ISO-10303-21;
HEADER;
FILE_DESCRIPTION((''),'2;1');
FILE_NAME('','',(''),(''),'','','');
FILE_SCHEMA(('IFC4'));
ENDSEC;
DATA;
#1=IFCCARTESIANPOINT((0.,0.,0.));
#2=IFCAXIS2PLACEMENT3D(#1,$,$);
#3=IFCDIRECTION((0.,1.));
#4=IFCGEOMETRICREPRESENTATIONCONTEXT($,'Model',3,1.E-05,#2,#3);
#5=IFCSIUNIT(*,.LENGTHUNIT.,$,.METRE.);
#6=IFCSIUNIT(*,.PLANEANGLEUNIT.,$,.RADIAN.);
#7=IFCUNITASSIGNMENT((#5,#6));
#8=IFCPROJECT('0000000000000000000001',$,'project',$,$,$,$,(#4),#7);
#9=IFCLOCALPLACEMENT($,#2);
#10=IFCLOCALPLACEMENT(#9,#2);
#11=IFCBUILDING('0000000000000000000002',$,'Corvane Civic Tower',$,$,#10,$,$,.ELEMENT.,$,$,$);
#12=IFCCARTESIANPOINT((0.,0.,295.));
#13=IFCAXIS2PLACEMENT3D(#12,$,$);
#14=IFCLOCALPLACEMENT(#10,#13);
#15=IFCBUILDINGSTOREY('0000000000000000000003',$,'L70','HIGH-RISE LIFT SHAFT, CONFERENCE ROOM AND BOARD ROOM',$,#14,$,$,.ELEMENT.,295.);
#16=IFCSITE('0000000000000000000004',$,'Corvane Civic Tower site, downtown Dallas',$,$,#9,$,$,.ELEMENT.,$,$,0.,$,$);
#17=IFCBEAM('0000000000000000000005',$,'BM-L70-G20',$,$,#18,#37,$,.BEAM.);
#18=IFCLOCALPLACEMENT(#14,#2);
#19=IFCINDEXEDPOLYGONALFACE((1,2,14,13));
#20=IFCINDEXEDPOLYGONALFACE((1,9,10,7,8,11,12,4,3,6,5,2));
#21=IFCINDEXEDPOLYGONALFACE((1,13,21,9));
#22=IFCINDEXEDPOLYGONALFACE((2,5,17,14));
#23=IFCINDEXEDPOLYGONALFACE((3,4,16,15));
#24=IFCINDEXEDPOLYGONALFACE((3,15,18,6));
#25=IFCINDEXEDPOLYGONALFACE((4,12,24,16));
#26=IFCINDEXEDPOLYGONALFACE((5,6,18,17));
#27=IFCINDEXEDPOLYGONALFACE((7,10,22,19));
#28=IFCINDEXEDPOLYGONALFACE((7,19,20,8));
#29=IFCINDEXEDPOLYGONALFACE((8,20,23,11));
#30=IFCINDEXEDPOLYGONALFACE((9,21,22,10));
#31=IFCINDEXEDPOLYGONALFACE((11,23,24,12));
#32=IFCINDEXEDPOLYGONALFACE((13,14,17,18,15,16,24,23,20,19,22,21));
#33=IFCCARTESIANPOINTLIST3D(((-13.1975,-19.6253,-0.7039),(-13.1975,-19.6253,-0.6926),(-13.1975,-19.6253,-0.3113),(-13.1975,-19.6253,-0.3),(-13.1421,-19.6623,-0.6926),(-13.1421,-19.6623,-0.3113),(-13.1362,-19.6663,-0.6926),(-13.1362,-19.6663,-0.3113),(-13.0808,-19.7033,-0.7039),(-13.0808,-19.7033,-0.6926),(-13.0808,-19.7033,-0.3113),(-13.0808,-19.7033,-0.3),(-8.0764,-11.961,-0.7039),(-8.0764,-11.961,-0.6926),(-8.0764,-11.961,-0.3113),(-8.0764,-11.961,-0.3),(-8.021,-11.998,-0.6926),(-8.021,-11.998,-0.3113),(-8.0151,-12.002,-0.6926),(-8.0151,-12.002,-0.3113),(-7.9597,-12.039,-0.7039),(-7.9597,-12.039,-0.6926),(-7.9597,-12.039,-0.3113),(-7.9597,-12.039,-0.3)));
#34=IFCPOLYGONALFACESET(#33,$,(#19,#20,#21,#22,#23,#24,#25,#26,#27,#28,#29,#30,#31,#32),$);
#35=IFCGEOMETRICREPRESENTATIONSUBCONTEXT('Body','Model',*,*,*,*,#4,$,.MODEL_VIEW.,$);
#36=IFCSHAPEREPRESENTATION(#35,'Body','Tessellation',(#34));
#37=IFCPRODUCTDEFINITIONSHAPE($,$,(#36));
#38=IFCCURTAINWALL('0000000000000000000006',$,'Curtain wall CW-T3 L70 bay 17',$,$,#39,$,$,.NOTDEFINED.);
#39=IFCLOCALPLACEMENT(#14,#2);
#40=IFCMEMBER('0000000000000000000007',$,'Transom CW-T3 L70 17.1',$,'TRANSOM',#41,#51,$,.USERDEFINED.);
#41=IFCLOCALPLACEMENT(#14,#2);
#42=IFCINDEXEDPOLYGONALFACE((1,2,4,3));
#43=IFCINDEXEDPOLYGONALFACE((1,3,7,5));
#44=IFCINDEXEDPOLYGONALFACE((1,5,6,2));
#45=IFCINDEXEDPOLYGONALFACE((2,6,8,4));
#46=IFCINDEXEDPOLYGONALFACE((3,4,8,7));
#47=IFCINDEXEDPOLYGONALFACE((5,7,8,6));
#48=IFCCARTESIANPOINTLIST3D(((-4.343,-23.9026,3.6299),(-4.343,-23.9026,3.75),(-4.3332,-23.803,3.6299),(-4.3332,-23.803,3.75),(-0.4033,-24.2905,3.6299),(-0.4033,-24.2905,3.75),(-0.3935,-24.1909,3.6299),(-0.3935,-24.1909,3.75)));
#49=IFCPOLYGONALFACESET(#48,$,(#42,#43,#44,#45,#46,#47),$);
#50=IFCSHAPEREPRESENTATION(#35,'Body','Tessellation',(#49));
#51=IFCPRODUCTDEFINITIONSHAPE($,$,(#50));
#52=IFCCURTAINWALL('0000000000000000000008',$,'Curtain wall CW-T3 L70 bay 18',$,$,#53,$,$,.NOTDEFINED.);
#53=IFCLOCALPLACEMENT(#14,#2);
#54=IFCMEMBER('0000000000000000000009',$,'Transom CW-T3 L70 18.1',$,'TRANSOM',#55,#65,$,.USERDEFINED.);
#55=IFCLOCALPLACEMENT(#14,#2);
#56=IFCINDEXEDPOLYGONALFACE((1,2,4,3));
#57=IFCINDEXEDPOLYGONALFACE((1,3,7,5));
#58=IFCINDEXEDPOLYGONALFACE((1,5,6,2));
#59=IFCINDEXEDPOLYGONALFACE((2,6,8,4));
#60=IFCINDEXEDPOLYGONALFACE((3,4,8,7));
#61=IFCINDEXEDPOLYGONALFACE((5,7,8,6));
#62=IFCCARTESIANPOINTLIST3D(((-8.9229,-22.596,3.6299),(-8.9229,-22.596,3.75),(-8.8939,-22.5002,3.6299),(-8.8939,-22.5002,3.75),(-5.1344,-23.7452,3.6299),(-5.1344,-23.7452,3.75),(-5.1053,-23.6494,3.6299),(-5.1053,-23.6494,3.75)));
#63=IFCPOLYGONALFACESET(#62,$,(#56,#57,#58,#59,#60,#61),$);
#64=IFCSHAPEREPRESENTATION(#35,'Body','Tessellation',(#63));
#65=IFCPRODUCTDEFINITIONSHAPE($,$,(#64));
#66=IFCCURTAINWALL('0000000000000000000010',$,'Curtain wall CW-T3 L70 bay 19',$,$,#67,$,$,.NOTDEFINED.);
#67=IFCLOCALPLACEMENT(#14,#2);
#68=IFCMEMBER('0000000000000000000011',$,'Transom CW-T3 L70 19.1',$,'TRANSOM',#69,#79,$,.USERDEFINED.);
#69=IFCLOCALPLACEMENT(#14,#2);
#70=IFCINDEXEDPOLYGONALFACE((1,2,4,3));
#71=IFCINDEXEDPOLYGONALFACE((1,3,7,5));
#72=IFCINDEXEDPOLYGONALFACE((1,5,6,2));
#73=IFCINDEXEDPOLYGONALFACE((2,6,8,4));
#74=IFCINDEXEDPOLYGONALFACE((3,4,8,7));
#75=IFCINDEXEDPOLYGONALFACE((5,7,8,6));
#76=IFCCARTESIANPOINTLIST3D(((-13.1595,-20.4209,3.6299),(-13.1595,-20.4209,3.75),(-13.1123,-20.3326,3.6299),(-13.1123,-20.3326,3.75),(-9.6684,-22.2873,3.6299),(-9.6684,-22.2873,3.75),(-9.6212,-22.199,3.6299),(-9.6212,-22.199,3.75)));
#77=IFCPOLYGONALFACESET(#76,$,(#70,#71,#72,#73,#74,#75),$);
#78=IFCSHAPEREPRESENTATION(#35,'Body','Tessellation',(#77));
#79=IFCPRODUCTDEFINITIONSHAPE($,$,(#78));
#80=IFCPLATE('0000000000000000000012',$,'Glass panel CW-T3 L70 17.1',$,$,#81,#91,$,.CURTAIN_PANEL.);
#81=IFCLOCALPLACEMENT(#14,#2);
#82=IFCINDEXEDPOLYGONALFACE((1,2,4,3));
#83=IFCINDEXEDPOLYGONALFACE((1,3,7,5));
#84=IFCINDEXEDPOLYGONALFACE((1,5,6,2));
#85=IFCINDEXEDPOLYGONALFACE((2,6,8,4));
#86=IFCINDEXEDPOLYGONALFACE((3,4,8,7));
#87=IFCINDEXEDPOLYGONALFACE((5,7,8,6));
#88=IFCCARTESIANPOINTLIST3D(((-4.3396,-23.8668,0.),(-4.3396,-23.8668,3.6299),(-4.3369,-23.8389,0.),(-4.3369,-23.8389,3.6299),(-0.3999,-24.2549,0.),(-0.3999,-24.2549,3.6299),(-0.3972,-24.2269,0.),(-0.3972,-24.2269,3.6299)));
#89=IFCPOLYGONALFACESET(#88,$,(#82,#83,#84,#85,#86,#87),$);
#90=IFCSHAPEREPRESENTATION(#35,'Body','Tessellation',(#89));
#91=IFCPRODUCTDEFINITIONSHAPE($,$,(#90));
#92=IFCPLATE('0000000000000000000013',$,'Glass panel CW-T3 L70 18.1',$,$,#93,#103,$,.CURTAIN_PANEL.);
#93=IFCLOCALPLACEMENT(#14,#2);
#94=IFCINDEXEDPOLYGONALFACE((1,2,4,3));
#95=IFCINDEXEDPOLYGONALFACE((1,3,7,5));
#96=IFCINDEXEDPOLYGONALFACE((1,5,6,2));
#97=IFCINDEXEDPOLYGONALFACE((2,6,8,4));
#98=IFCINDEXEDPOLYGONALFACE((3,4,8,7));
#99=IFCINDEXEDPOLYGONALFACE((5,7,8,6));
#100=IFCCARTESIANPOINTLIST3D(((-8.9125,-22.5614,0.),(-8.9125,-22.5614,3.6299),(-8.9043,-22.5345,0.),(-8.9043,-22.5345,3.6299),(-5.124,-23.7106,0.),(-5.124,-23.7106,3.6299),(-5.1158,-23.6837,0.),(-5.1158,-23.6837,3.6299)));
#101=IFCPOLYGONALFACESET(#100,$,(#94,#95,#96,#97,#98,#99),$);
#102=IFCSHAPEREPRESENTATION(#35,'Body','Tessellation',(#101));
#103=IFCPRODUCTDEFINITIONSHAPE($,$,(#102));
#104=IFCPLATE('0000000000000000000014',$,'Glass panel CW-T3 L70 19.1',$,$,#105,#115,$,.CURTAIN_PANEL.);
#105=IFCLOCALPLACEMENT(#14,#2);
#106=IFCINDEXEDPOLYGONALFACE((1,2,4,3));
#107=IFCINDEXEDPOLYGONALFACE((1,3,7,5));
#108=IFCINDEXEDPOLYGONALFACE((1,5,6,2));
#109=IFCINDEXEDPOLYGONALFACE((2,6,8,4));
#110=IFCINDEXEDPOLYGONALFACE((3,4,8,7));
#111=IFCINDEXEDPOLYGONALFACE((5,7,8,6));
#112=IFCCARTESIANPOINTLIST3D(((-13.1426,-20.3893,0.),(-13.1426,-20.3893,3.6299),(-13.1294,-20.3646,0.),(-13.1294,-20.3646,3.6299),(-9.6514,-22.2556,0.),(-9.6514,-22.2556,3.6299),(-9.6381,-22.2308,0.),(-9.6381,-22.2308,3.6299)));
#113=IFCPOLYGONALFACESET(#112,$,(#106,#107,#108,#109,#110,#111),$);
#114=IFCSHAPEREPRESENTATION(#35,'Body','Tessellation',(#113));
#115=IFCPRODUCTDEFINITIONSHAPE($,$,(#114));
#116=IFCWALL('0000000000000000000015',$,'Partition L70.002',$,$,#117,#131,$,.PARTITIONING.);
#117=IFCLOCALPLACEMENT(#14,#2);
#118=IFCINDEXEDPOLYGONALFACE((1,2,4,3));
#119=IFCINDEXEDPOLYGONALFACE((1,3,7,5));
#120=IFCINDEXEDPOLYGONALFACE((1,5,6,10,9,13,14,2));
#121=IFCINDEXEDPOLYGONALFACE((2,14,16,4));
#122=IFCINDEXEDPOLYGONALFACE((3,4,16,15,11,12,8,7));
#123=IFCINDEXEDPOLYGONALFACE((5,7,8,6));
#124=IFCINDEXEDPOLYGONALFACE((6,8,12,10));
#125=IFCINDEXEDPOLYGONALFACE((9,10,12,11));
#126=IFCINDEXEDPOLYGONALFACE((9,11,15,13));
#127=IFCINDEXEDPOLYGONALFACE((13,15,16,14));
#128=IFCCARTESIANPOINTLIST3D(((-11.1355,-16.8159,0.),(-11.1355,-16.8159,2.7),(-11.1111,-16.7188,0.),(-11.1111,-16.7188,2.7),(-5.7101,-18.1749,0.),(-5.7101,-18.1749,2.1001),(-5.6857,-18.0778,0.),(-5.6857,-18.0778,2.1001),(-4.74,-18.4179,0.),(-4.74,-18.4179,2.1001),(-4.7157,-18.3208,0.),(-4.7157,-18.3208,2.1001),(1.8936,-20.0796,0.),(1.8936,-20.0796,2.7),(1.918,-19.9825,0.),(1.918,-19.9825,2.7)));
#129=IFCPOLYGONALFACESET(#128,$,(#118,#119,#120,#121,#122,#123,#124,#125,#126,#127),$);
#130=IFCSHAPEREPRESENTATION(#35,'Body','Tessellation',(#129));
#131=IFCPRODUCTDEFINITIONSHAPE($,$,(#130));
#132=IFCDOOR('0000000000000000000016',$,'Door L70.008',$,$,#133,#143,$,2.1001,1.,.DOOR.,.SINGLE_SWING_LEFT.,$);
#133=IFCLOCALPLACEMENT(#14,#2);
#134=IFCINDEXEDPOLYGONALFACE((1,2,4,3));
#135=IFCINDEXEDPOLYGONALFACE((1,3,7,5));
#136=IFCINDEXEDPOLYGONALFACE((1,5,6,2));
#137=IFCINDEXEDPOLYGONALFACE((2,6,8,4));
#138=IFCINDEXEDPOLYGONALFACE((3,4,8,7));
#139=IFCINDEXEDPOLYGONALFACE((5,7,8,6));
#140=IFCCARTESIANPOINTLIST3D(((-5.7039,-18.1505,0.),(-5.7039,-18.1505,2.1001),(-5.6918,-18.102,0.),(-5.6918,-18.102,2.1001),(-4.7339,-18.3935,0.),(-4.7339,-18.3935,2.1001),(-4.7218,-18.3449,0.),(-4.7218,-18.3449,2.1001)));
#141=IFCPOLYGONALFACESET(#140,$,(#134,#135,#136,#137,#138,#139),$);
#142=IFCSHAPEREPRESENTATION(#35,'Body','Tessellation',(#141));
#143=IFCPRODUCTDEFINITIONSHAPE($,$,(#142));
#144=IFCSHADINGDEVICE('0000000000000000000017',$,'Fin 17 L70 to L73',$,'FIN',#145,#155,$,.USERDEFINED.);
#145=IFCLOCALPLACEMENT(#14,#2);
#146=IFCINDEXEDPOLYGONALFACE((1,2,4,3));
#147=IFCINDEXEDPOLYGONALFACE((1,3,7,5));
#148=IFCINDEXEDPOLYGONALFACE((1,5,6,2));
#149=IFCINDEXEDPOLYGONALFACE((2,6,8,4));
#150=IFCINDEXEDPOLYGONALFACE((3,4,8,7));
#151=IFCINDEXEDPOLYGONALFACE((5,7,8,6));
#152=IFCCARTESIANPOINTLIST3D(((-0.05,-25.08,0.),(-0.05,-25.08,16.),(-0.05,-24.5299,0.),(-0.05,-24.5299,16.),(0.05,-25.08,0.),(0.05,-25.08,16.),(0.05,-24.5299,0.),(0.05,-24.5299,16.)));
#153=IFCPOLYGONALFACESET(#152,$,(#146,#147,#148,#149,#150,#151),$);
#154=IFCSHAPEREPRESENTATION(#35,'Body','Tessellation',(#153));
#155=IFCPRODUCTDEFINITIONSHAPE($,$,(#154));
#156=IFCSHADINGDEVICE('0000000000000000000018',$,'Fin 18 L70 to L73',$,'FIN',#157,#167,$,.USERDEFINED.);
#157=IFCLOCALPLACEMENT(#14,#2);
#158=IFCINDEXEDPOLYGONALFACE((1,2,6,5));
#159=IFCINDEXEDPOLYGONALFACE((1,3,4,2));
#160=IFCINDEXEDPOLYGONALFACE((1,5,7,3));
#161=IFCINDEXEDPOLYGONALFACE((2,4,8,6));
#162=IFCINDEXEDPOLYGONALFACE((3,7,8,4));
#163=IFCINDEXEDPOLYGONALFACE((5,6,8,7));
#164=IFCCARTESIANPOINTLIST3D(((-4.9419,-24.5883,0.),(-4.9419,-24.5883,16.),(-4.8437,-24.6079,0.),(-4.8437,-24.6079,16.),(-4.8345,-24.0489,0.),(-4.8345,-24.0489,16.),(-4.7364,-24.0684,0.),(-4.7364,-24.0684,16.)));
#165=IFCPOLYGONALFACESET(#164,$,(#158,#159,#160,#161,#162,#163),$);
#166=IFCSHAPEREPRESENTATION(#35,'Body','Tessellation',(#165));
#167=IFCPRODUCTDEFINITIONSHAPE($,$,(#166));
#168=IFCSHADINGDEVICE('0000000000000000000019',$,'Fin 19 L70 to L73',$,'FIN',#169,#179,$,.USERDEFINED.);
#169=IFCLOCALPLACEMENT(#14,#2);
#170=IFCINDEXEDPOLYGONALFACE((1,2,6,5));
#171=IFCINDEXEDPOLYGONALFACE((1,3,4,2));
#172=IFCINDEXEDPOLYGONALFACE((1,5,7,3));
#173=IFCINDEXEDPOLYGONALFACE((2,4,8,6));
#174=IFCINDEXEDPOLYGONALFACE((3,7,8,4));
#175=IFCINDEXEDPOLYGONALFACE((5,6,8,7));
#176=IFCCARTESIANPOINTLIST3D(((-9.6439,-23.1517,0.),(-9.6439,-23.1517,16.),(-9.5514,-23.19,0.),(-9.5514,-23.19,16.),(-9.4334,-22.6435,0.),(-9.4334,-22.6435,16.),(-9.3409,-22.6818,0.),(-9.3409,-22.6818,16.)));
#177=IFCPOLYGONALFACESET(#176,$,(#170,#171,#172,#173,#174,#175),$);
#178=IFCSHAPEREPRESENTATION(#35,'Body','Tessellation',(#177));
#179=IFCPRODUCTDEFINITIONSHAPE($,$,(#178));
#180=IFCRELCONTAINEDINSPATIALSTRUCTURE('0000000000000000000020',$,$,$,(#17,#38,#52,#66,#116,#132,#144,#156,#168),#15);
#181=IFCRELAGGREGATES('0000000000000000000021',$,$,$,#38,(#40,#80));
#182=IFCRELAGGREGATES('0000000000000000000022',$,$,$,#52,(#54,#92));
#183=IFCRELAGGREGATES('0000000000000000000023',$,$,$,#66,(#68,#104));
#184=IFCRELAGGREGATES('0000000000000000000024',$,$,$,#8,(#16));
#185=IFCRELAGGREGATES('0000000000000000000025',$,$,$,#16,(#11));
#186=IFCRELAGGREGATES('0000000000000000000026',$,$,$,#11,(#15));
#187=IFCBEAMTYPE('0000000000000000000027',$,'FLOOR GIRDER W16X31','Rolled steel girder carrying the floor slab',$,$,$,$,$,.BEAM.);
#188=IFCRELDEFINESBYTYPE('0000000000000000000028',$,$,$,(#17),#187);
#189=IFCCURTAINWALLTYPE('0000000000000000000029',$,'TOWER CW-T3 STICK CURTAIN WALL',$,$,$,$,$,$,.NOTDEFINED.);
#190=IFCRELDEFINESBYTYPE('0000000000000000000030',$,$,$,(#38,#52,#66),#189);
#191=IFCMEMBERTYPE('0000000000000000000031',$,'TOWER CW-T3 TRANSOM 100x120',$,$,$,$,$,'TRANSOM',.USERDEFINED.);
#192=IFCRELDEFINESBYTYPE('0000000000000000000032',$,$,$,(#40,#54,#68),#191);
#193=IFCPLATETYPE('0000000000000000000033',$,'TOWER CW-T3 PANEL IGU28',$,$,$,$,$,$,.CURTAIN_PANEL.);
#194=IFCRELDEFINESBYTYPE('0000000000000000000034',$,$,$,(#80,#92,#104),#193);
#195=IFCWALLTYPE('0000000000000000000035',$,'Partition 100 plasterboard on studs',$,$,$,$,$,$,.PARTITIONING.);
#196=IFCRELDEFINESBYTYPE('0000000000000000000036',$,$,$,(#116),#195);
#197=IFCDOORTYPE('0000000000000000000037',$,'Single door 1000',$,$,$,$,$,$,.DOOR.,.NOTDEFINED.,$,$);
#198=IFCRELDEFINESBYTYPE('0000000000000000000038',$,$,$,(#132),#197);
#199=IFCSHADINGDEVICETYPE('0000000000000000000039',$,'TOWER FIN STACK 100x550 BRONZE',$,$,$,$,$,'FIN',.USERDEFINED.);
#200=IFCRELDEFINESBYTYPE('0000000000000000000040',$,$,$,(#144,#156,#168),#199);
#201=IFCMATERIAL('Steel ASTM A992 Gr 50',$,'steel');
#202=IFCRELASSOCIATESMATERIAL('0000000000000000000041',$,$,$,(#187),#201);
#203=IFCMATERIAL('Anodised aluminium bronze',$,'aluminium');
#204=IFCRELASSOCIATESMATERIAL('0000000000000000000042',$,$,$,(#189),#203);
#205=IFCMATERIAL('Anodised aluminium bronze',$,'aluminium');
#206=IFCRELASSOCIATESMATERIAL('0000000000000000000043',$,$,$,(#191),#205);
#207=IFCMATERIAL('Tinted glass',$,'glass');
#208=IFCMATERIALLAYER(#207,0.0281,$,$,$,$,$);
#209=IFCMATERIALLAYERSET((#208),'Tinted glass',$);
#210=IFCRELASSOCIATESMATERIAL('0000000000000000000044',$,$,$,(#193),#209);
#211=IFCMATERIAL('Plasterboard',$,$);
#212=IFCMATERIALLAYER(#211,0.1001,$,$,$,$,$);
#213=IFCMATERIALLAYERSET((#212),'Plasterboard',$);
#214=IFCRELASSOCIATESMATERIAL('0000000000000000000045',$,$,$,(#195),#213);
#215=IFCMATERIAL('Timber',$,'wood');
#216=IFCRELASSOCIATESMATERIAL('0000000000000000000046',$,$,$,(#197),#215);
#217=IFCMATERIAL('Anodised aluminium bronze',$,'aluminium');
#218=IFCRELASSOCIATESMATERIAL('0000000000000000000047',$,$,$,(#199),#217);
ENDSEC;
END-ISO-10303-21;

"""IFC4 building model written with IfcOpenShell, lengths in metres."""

from ifc_helpers import new_model, si_unit, direction, frame, frame_2d, origin, origin_2d, place, context, subcontext, project, spatial, rectangle, i_section, extrude, material, layer, layer_set, material_profile, profile_set, type_object, element, fill, aggregate, save


model = new_model("IFC4")

# Units and contexts
model_context = context("Model", 3, precision=1e-05, world=origin(), true_north=direction((0.0, 1.0)))
body_context = subcontext(model_context, "Body", "Model", "MODEL_VIEW")
ifc_project = project(units=[si_unit("LENGTHUNIT", "METRE"), si_unit("PLANEANGLEUNIT", "RADIAN")], contexts=[model_context])

# Site, building, storey
site_placement = place(None, origin())
site = spatial("IfcSite", under=ifc_project, at=site_placement, Name="Corvane Civic Tower site, downtown Dallas", CompositionType="ELEMENT", RefElevation=0.0)
building_placement = place(site_placement, origin())
building = spatial("IfcBuilding", under=site, at=building_placement, Name="Corvane Civic Tower", CompositionType="ELEMENT")
storey_placement = place(building_placement, frame((0.0, 0.0, 295.0)))
storey = spatial("IfcBuildingStorey", under=building, at=storey_placement, Name="L70", Description="HIGH-RISE LIFT SHAFT, CONFERENCE ROOM AND BOARD ROOM", CompositionType="ELEMENT", Elevation=295.0)

# Beam
ifc_material_1 = material(Name="Steel ASTM A992 Gr 50", Category="steel")
ifc_material_profile_1 = material_profile(ifc_material_1, i_section(OverallWidth=0.1404, OverallDepth=0.4038, WebThickness=0.0071, FlangeThickness=0.0112, at=origin_2d()), Name="W16X31")
ifc_profile_set_1 = profile_set([ifc_material_profile_1], Name="Steel ASTM A992 Gr 50")
beam_type_1 = type_object("IfcBeamType", Name="FLOOR GIRDER W16X31", Description="Rolled steel girder carrying the floor slab", PredefinedType="BEAM", material=ifc_profile_set_1)
beam_1_placement = place(storey_placement, frame((-8.0181, -12.0, -0.502), z_axis=(-0.555568, -0.831471, 0.0), x_axis=(0.831471, -0.555568, 0.0)))
element("IfcBeam", 1, at=beam_1_placement, inside=storey, type_object=beam_type_1, Name="BM-L70-G20", PredefinedType="BEAM", context=body_context, shape_type="SweptSolid", body=[
    extrude(i_section(OverallWidth=0.1404, OverallDepth=0.4038, WebThickness=0.0071, FlangeThickness=0.0112, at=origin_2d()), origin(), (0.0, 0.0, 1.0), 9.2178),
])

# Curtain walls, members
ifc_material_2 = material(Name="Anodised aluminium bronze", Category="aluminium")
curtain_wall_type = type_object("IfcCurtainWallType", Name="TOWER CW-T3 STICK CURTAIN WALL", PredefinedType="NOTDEFINED", material=ifc_material_2)
curtain_wall_1_placement = place(storey_placement, origin())
curtain_wall_1 = element("IfcCurtainWall", 2, at=curtain_wall_1_placement, inside=storey, type_object=curtain_wall_type, Name="Curtain wall CW-T3 L70 bay 17", PredefinedType="NOTDEFINED")
ifc_material_3 = material(Name="Anodised aluminium bronze", Category="aluminium")
ifc_material_profile_2 = material_profile(ifc_material_3, rectangle(XDim=0.1001, YDim=0.1201, at=origin_2d()), Name="TOWER CW-T3 TRANSOM 100x120")
ifc_profile_set_2 = profile_set([ifc_material_profile_2], Name="Anodised aluminium bronze")
member_type = type_object("IfcMemberType", Name="TOWER CW-T3 TRANSOM 100x120", ElementType="TRANSOM", PredefinedType="USERDEFINED", material=ifc_profile_set_2)
member_1_placement = place(storey_placement, frame((-0.3984, -24.2407, 3.6899), z_axis=(-0.995187, 0.097995, 0.0), x_axis=(-0.097995, -0.995187, 0.0)))
member_1 = element("IfcMember", 3, at=member_1_placement, type_object=member_type, Name="Transom CW-T3 L70 17.1", ObjectType="TRANSOM", PredefinedType="USERDEFINED", context=body_context, shape_type="SweptSolid", body=[
    extrude(rectangle(XDim=0.1001, YDim=0.1201, at=origin_2d()), origin(), (0.0, 0.0, 1.0), 3.9587),
])
curtain_wall_2_placement = place(storey_placement, origin())
curtain_wall_2 = element("IfcCurtainWall", 4, at=curtain_wall_2_placement, inside=storey, type_object=curtain_wall_type, Name="Curtain wall CW-T3 L70 bay 18", PredefinedType="NOTDEFINED")
member_2_placement = place(storey_placement, frame((-5.1199, -23.6973, 3.6899), z_axis=(-0.956946, 0.290266, 0.0), x_axis=(-0.290266, -0.956946, 0.0)))
member_2 = element("IfcMember", 5, at=member_2_placement, type_object=member_type, Name="Transom CW-T3 L70 18.1", ObjectType="TRANSOM", PredefinedType="USERDEFINED", context=body_context, shape_type="SweptSolid", body=[
    extrude(rectangle(XDim=0.1001, YDim=0.1201, at=origin_2d()), origin(), (0.0, 0.0, 1.0), 3.959),
])
curtain_wall_3_placement = place(storey_placement, origin())
curtain_wall_3 = element("IfcCurtainWall", 6, at=curtain_wall_3_placement, inside=storey, type_object=curtain_wall_type, Name="Curtain wall CW-T3 L70 bay 19", PredefinedType="NOTDEFINED")
member_3_placement = place(storey_placement, frame((-9.6448, -22.2432, 3.6899), z_axis=(-0.881883, 0.471468, 0.0), x_axis=(-0.471468, -0.881883, 0.0)))
member_3 = element("IfcMember", 7, at=member_3_placement, type_object=member_type, Name="Transom CW-T3 L70 19.1", ObjectType="TRANSOM", PredefinedType="USERDEFINED", context=body_context, shape_type="SweptSolid", body=[
    extrude(rectangle(XDim=0.1001, YDim=0.1201, at=origin_2d()), origin(), (0.0, 0.0, 1.0), 3.9587),
])

# Plates
ifc_material_4 = material(Name="Tinted glass", Category="glass")
ifc_layer_1 = layer(ifc_material_4, 0.0281)
ifc_layer_set_1 = layer_set([ifc_layer_1], Name="Tinted glass")
plate_type = type_object("IfcPlateType", Name="TOWER CW-T3 PANEL IGU28", PredefinedType="CURTAIN_PANEL", material=ifc_layer_set_1)
plate_1_placement = place(storey_placement, frame((-2.3684, -24.0469, 0.0), z_axis=(0.0, 0.0, 1.0), x_axis=(-0.995184, 0.098021, 0.0)))
plate_1 = element("IfcPlate", 8, at=plate_1_placement, type_object=plate_type, Name="Glass panel CW-T3 L70 17.1", PredefinedType="CURTAIN_PANEL", context=body_context, shape_type="SweptSolid", body=[
    extrude(rectangle(XDim=3.9587, YDim=0.0281, at=origin_2d()), origin(), (0.0, 0.0, 1.0), 3.6299),
])
aggregate(curtain_wall_1, [member_1, plate_1])
plate_2_placement = place(storey_placement, frame((-7.0142, -23.1226, 0.0), z_axis=(0.0, 0.0, 1.0), x_axis=(-0.956944, 0.290274, 0.0)))
plate_2 = element("IfcPlate", 9, at=plate_2_placement, type_object=plate_type, Name="Glass panel CW-T3 L70 18.1", PredefinedType="CURTAIN_PANEL", context=body_context, shape_type="SweptSolid", body=[
    extrude(rectangle(XDim=3.959, YDim=0.0281, at=origin_2d()), origin(), (0.0, 0.0, 1.0), 3.6299),
])
aggregate(curtain_wall_2, [member_2, plate_2])
plate_3_placement = place(storey_placement, frame((-11.3904, -21.3101, 0.0), z_axis=(0.0, 0.0, 1.0), x_axis=(-0.881908, 0.471421, 0.0)))
plate_3 = element("IfcPlate", 10, at=plate_3_placement, type_object=plate_type, Name="Glass panel CW-T3 L70 19.1", PredefinedType="CURTAIN_PANEL", context=body_context, shape_type="SweptSolid", body=[
    extrude(rectangle(XDim=3.9587, YDim=0.0281, at=origin_2d()), origin(), (0.0, 0.0, 1.0), 3.6299),
])
aggregate(curtain_wall_3, [member_3, plate_3])

# Wall, opening, door
ifc_material_5 = material(Name="Plasterboard")
ifc_layer_2 = layer(ifc_material_5, 0.1001)
ifc_layer_set_2 = layer_set([ifc_layer_2], Name="Plasterboard")
wall_type = type_object("IfcWallType", Name="Partition 100 plasterboard on studs", PredefinedType="PARTITIONING", material=ifc_layer_set_2)
wall_placement = place(storey_placement, frame((-11.1233, -16.7673, 0.0), z_axis=(0.0, 0.0, 1.0), x_axis=(0.97003, -0.242985, 0.0)))
wall = element("IfcWall", 11, at=wall_placement, inside=storey, type_object=wall_type, Name="Partition L70.002", PredefinedType="PARTITIONING", context=body_context, shape_type="SweptSolid", body=[
    extrude(rectangle(XDim=13.4316, YDim=0.1001, at=frame_2d((6.7158, 0.0))), origin(), (0.0, 0.0, 1.0), 2.7),
])
opening_placement = place(wall_placement, frame((5.593, 0.0, 0.0)))
opening = element("IfcOpeningElement", 12, at=opening_placement, cuts=wall, PredefinedType="OPENING", context=body_context, shape_type="SweptSolid", body=[
    extrude(rectangle(XDim=1.0, YDim=2.1001, at=frame_2d((0.5, 1.05))), frame((0.0, 0.0601, 0.0), z_axis=(0.0, -1.0, 0.0), x_axis=(1.0, 0.0, 0.0)), (0.0, 0.0, 1.0), 0.1201),
])
ifc_material_6 = material(Name="Timber", Category="wood")
door_type = type_object("IfcDoorType", Name="Single door 1000", OperationType="NOTDEFINED", PredefinedType="DOOR", material=ifc_material_6)
door_placement = place(opening_placement, frame((1.0, 0.0, 0.0), z_axis=(0.0, 0.0, 1.0), x_axis=(-1.0, 0.0, 0.0)))
door = element("IfcDoor", 13, at=door_placement, inside=storey, type_object=door_type, Name="Door L70.008", OperationType="SINGLE_SWING_LEFT", OverallHeight=2.1001, OverallWidth=1.0, PredefinedType="DOOR", context=body_context, shape_type="SweptSolid", body=[
    extrude(rectangle(XDim=1.0, YDim=2.1001, at=frame_2d((0.5, 1.05))), frame((0.0, 0.0249, 0.0), z_axis=(0.0, -1.0, 0.0), x_axis=(1.0, 0.0, 0.0)), (0.0, 0.0, 1.0), 0.05),
])
fill(opening, door)

# Shading devices
ifc_material_7 = material(Name="Anodised aluminium bronze", Category="aluminium")
ifc_material_profile_3 = material_profile(ifc_material_7, rectangle(XDim=0.1001, YDim=0.55, at=origin_2d()), Name="TOWER FIN STACK 100x550 BRONZE")
ifc_profile_set_3 = profile_set([ifc_material_profile_3], Name="Anodised aluminium bronze")
shading_device_type = type_object("IfcShadingDeviceType", Name="TOWER FIN STACK 100x550 BRONZE", ElementType="FIN", PredefinedType="USERDEFINED", material=ifc_profile_set_3)
for number, where, z_axis, x_axis, name in (
    (14, (0.0, -24.8049, 0.0), (0.0, 0.0, 1.0), (-1.0, 0.0, 0.0), "Fin 17 L70 to L73"),
    (15, (-4.8391, -24.3284, 0.0), (0.0, 0.0, 1.0), (-0.980785, 0.19509, 0.0), "Fin 18 L70 to L73"),
    (16, (-9.4924, -22.9167, 0.0), (0.0, 0.0, 1.0), (-0.92388, 0.382683, 0.0), "Fin 19 L70 to L73"),
):
    element("IfcShadingDevice", number, at=place(storey_placement, frame(where, z_axis=z_axis, x_axis=x_axis)), inside=storey, type_object=shading_device_type, Name=name, ObjectType="FIN", PredefinedType="USERDEFINED", context=body_context, shape_type="SweptSolid", body=[
        extrude(rectangle(XDim=0.1001, YDim=0.55, at=origin_2d()), origin(), (0.0, 0.0, 1.0), 16.0),
    ])

save(model, "model.ifc")
